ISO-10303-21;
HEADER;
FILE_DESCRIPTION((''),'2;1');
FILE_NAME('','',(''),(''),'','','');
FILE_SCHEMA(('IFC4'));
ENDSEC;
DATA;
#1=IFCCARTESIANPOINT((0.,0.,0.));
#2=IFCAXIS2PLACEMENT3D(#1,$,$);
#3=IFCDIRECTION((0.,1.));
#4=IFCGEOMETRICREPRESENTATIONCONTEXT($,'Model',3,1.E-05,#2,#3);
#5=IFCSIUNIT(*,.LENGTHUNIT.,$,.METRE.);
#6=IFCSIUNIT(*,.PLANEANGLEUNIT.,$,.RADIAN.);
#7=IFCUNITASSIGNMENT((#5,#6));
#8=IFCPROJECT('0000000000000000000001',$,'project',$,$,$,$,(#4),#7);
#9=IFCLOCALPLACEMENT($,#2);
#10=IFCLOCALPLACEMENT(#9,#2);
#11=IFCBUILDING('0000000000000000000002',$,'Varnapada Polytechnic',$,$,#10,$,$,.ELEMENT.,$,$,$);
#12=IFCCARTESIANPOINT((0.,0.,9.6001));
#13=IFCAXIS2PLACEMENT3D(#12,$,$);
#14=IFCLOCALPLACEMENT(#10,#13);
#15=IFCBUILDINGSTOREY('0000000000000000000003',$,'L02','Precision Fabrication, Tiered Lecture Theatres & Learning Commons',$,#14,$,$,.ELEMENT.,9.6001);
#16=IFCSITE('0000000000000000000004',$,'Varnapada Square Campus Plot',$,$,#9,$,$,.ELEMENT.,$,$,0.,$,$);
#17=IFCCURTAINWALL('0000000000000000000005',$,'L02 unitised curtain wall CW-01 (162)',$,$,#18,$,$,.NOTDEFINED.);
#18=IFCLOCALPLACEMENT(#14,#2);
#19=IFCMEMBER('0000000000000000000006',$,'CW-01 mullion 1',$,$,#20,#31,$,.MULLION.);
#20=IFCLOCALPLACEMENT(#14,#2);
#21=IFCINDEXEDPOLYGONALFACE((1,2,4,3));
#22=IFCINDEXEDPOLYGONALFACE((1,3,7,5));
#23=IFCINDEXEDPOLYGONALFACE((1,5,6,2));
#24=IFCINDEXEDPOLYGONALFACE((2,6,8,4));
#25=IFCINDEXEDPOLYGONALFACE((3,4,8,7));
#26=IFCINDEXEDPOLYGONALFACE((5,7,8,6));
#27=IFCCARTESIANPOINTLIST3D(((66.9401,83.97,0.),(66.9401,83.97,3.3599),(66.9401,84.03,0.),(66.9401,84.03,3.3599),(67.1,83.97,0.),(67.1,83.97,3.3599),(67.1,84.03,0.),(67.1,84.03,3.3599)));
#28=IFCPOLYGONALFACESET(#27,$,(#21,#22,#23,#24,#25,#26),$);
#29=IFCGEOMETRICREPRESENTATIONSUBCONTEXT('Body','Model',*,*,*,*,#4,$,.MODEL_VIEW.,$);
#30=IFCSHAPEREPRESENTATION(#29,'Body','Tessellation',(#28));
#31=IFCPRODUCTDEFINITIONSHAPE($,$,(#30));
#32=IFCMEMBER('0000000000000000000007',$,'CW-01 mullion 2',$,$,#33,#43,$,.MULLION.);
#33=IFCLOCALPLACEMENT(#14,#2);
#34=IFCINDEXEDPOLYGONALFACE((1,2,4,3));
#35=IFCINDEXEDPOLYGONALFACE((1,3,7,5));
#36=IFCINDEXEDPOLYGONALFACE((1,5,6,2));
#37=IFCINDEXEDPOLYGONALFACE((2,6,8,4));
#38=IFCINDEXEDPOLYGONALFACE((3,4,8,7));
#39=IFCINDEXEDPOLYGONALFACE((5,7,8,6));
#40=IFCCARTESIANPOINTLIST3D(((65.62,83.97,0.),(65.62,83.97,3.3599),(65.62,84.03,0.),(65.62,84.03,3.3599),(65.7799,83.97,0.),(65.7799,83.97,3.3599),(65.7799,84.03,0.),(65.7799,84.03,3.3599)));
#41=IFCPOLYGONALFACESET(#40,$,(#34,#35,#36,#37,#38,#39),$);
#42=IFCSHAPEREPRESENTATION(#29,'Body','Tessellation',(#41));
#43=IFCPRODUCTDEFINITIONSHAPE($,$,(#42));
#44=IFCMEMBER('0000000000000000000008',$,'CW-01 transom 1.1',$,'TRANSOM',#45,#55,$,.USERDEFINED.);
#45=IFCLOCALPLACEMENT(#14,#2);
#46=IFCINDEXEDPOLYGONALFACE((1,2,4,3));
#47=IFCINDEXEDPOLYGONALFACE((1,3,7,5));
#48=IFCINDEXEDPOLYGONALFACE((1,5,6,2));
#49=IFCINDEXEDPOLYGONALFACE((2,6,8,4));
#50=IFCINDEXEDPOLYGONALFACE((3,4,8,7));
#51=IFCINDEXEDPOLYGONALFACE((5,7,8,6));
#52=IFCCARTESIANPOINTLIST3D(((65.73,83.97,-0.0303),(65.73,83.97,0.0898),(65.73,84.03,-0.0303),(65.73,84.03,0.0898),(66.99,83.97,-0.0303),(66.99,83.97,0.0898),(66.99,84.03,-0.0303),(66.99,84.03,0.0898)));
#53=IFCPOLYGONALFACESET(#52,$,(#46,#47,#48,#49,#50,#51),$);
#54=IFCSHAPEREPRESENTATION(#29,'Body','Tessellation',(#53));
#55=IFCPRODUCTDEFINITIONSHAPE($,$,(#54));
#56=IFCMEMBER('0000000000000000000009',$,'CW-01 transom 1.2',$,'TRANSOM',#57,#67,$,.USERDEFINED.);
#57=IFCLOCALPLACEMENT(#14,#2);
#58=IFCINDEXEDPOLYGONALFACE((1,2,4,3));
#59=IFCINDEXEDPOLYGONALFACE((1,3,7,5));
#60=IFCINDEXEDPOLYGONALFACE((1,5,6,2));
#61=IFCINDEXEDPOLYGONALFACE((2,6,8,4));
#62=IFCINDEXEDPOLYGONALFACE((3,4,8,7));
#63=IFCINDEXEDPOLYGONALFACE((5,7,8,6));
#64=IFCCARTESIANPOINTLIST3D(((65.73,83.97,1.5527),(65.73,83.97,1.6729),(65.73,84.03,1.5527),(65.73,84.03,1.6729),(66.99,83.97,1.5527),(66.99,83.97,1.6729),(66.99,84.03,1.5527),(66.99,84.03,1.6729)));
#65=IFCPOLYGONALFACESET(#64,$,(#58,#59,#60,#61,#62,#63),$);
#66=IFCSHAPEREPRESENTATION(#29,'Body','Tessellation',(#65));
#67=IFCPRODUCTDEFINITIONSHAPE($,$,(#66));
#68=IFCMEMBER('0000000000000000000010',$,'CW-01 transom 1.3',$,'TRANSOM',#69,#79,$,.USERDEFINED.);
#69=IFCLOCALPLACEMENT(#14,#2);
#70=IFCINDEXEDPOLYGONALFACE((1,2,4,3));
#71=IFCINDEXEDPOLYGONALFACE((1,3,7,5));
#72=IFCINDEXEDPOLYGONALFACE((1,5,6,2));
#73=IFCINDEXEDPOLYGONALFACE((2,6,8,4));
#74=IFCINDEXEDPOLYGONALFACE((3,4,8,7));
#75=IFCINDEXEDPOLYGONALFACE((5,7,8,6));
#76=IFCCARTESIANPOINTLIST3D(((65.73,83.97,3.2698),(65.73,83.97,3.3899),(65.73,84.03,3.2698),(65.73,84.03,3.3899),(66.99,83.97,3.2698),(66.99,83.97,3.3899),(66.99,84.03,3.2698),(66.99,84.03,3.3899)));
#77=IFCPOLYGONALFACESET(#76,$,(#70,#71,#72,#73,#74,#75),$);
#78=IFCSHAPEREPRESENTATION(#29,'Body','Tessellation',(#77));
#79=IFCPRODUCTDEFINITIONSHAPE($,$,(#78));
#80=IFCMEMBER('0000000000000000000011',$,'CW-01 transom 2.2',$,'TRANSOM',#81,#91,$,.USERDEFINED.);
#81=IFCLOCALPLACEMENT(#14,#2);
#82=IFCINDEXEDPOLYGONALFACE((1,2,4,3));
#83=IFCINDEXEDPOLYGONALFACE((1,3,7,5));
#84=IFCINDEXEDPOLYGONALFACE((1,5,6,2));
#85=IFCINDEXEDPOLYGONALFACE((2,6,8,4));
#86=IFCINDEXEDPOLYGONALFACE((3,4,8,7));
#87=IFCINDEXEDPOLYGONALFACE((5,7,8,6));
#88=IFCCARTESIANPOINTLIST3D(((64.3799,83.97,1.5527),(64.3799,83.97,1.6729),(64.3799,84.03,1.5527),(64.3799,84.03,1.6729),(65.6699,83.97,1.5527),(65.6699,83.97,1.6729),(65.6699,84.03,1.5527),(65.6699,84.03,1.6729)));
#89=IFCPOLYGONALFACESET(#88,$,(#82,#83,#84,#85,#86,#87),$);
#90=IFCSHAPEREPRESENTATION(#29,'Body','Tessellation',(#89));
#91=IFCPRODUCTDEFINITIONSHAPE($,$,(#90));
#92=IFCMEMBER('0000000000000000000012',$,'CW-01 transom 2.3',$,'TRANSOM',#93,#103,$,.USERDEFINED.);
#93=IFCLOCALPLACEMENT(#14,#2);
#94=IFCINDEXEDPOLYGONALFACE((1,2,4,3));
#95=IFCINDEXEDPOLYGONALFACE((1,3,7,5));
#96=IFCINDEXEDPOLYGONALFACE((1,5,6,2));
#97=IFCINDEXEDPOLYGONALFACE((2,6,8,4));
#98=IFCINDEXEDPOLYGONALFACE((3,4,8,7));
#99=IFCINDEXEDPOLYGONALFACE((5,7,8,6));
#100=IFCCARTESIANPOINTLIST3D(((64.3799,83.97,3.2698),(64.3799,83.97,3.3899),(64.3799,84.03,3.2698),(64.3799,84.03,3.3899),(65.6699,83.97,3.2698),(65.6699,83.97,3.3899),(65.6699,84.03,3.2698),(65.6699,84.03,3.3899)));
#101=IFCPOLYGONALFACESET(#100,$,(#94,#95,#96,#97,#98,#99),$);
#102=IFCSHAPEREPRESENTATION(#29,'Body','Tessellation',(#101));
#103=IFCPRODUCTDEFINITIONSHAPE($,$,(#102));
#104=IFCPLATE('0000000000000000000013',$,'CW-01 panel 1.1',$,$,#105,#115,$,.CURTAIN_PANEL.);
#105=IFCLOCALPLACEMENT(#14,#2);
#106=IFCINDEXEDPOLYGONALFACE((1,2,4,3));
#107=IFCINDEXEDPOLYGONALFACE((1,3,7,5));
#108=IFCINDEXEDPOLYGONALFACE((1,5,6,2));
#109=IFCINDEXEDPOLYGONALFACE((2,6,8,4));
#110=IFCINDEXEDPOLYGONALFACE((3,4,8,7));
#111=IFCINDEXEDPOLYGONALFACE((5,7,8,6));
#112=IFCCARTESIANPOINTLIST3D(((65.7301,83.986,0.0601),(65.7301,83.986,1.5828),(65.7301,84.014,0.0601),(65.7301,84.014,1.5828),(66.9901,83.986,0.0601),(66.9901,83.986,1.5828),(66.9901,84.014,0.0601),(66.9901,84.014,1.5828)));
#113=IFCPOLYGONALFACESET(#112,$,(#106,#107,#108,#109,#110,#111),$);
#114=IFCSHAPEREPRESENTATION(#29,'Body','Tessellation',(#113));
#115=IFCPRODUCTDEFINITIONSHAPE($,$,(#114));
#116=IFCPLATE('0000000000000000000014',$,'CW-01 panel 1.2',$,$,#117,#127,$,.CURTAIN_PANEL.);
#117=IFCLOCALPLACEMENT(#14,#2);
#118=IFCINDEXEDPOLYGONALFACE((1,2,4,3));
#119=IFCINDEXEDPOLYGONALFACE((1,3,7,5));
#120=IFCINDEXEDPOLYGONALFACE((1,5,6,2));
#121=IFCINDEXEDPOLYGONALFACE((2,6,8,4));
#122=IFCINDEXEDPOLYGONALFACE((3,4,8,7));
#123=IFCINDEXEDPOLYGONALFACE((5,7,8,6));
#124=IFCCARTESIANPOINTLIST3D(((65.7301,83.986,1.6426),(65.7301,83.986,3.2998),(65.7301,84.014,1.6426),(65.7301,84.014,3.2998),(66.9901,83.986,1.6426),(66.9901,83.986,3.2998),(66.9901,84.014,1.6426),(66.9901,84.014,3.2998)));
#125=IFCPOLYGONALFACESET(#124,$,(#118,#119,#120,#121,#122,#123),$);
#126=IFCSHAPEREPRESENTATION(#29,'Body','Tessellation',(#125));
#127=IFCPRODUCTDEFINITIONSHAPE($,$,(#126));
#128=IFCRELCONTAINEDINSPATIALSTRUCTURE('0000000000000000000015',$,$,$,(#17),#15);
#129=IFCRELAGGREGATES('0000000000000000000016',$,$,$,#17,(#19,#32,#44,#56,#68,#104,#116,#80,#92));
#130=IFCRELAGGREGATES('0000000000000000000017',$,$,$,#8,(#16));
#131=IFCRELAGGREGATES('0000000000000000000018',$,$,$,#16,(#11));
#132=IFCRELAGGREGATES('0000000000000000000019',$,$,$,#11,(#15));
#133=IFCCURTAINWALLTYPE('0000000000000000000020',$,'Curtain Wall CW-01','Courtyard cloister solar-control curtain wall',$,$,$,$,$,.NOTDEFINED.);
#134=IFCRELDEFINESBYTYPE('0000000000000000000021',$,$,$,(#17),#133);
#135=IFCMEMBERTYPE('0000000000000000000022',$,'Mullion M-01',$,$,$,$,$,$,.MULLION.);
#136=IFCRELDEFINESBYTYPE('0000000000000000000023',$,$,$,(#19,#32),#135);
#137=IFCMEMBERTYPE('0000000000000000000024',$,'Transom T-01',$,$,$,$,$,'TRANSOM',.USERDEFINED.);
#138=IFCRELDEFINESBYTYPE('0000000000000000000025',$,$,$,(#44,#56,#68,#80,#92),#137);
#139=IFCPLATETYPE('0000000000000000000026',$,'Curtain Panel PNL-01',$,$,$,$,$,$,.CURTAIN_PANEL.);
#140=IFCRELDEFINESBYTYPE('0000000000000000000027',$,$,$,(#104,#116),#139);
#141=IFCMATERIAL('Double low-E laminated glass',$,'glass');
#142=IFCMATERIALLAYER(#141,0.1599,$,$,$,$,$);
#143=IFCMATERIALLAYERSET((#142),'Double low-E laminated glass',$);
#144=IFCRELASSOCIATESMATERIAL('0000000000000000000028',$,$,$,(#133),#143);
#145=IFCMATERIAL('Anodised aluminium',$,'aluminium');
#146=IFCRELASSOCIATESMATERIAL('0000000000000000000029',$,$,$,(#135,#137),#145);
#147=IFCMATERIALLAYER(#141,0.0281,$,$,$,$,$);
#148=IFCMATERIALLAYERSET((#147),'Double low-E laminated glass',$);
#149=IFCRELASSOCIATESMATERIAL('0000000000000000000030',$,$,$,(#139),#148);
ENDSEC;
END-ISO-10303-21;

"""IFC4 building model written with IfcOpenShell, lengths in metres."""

from ifc_helpers import new_model, si_unit, direction, frame, origin, origin_2d, place, context, subcontext, project, spatial, rectangle, extrude, material, layer, layer_set, material_profile, profile_set, type_object, element, aggregate, save


model = new_model("IFC4")

# Units and contexts
model_context = context("Model", 3, precision=1e-05, world=origin(), true_north=direction((0.0, 1.0)))
body_context = subcontext(model_context, "Body", "Model", "MODEL_VIEW")
ifc_project = project(units=[si_unit("LENGTHUNIT", "METRE"), si_unit("PLANEANGLEUNIT", "RADIAN")], contexts=[model_context])

# Site, building, storey
site_placement = place(None, origin())
site = spatial("IfcSite", under=ifc_project, at=site_placement, Name="Varnapada Square Campus Plot", CompositionType="ELEMENT", RefElevation=0.0)
building_placement = place(site_placement, origin())
building = spatial("IfcBuilding", under=site, at=building_placement, Name="Varnapada Polytechnic", CompositionType="ELEMENT")
storey_placement = place(building_placement, frame((0.0, 0.0, 9.6001)))
storey = spatial("IfcBuildingStorey", under=building, at=storey_placement, Name="L02", Description="Precision Fabrication, Tiered Lecture Theatres & Learning Commons", CompositionType="ELEMENT", Elevation=9.6001)

# Curtain wall, members, plates
ifc_material_1 = material(Name="Double low-E laminated glass", Category="glass")
ifc_layer_1 = layer(ifc_material_1, 0.1599)
ifc_layer_set_1 = layer_set([ifc_layer_1], Name="Double low-E laminated glass")
curtain_wall_type = type_object("IfcCurtainWallType", Name="Curtain Wall CW-01", Description="Courtyard cloister solar-control curtain wall", PredefinedType="NOTDEFINED", material=ifc_layer_set_1)
curtain_wall_placement = place(storey_placement, origin())
curtain_wall = element("IfcCurtainWall", 1, at=curtain_wall_placement, inside=storey, type_object=curtain_wall_type, Name="L02 unitised curtain wall CW-01 (162)", PredefinedType="NOTDEFINED")
ifc_material_2 = material(Name="Anodised aluminium", Category="aluminium")
ifc_material_profile_1 = material_profile(ifc_material_2, rectangle(XDim=0.0601, YDim=0.1599, at=origin_2d()), Name="ALU M60x160")
ifc_profile_set_1 = profile_set([ifc_material_profile_1], Name="Anodised aluminium")
member_type_1 = type_object("IfcMemberType", Name="Mullion M-01", PredefinedType="MULLION", material=ifc_profile_set_1)
member_1_placement = place(storey_placement, frame((67.02, 84.0, 0.0), z_axis=(0.0, 0.0, 1.0), x_axis=(0.0, -1.0, 0.0)))
member_1 = element("IfcMember", 2, at=member_1_placement, type_object=member_type_1, Name="CW-01 mullion 1", PredefinedType="MULLION", context=body_context, shape_type="SweptSolid", body=[
    extrude(rectangle(XDim=0.0601, YDim=0.1599, at=origin_2d()), origin(), (0.0, 0.0, 1.0), 3.3599),
])
member_2_placement = place(storey_placement, frame((65.7, 84.0, 0.0), z_axis=(0.0, 0.0, 1.0), x_axis=(0.0, -1.0, 0.0)))
member_2 = element("IfcMember", 3, at=member_2_placement, type_object=member_type_1, Name="CW-01 mullion 2", PredefinedType="MULLION", context=body_context, shape_type="SweptSolid", body=[
    extrude(rectangle(XDim=0.0601, YDim=0.1599, at=origin_2d()), origin(), (0.0, 0.0, 1.0), 3.3599),
])
ifc_material_profile_2 = material_profile(ifc_material_2, rectangle(XDim=0.0601, YDim=0.1201, at=origin_2d()), Name="ALU T60x120")
ifc_profile_set_2 = profile_set([ifc_material_profile_2], Name="Anodised aluminium")
member_type_2 = type_object("IfcMemberType", Name="Transom T-01", ElementType="TRANSOM", PredefinedType="USERDEFINED", material=ifc_profile_set_2)
member_3_placement = place(storey_placement, frame((66.99, 84.0, 0.0298), z_axis=(-1.0, 0.0, 0.0), x_axis=(0.0, -1.0, 0.0)))
member_3 = element("IfcMember", 4, at=member_3_placement, type_object=member_type_2, Name="CW-01 transom 1.1", ObjectType="TRANSOM", PredefinedType="USERDEFINED", context=body_context, shape_type="SweptSolid", body=[
    extrude(rectangle(XDim=0.0601, YDim=0.1201, at=origin_2d()), origin(), (0.0, 0.0, 1.0), 1.26),
])
member_4_placement = place(storey_placement, frame((66.99, 84.0, 1.6128), z_axis=(-1.0, 0.0, 0.0), x_axis=(0.0, -1.0, 0.0)))
member_4 = element("IfcMember", 5, at=member_4_placement, type_object=member_type_2, Name="CW-01 transom 1.2", ObjectType="TRANSOM", PredefinedType="USERDEFINED", context=body_context, shape_type="SweptSolid", body=[
    extrude(rectangle(XDim=0.0601, YDim=0.1201, at=origin_2d()), origin(), (0.0, 0.0, 1.0), 1.26),
])
member_5_placement = place(storey_placement, frame((66.99, 84.0, 3.3298), z_axis=(-1.0, 0.0, 0.0), x_axis=(0.0, -1.0, 0.0)))
member_5 = element("IfcMember", 6, at=member_5_placement, type_object=member_type_2, Name="CW-01 transom 1.3", ObjectType="TRANSOM", PredefinedType="USERDEFINED", context=body_context, shape_type="SweptSolid", body=[
    extrude(rectangle(XDim=0.0601, YDim=0.1201, at=origin_2d()), origin(), (0.0, 0.0, 1.0), 1.26),
])
member_6_placement = place(storey_placement, frame((65.6699, 84.0, 1.6128), z_axis=(-1.0, 0.0, 0.0), x_axis=(0.0, -1.0, 0.0)))
member_6 = element("IfcMember", 7, at=member_6_placement, type_object=member_type_2, Name="CW-01 transom 2.2", ObjectType="TRANSOM", PredefinedType="USERDEFINED", context=body_context, shape_type="SweptSolid", body=[
    extrude(rectangle(XDim=0.0601, YDim=0.1201, at=origin_2d()), origin(), (0.0, 0.0, 1.0), 1.29),
])
member_7_placement = place(storey_placement, frame((65.6699, 84.0, 3.3298), z_axis=(-1.0, 0.0, 0.0), x_axis=(0.0, -1.0, 0.0)))
member_7 = element("IfcMember", 8, at=member_7_placement, type_object=member_type_2, Name="CW-01 transom 2.3", ObjectType="TRANSOM", PredefinedType="USERDEFINED", context=body_context, shape_type="SweptSolid", body=[
    extrude(rectangle(XDim=0.0601, YDim=0.1201, at=origin_2d()), origin(), (0.0, 0.0, 1.0), 1.29),
])
ifc_layer_2 = layer(ifc_material_1, 0.0281)
ifc_layer_set_2 = layer_set([ifc_layer_2], Name="Double low-E laminated glass")
plate_type = type_object("IfcPlateType", Name="Curtain Panel PNL-01", PredefinedType="CURTAIN_PANEL", material=ifc_layer_set_2)
plate_1_placement = place(storey_placement, frame((66.3601, 84.0, 0.0601), z_axis=(0.0, 0.0, 1.0), x_axis=(-1.0, 0.0, 0.0)))
plate_1 = element("IfcPlate", 9, at=plate_1_placement, type_object=plate_type, Name="CW-01 panel 1.1", PredefinedType="CURTAIN_PANEL", context=body_context, shape_type="SweptSolid", body=[
    extrude(rectangle(XDim=1.26, YDim=0.0281, at=origin_2d()), origin(), (0.0, 0.0, 1.0), 1.5227),
])
plate_2_placement = place(storey_placement, frame((66.3601, 84.0, 1.6426), z_axis=(0.0, 0.0, 1.0), x_axis=(-1.0, 0.0, 0.0)))
plate_2 = element("IfcPlate", 10, at=plate_2_placement, type_object=plate_type, Name="CW-01 panel 1.2", PredefinedType="CURTAIN_PANEL", context=body_context, shape_type="SweptSolid", body=[
    extrude(rectangle(XDim=1.26, YDim=0.0281, at=origin_2d()), origin(), (0.0, 0.0, 1.0), 1.6572),
])
aggregate(curtain_wall, [member_1, member_2, member_3, member_4, member_5, plate_1, plate_2, member_6, member_7])

save(model, "model.ifc")
